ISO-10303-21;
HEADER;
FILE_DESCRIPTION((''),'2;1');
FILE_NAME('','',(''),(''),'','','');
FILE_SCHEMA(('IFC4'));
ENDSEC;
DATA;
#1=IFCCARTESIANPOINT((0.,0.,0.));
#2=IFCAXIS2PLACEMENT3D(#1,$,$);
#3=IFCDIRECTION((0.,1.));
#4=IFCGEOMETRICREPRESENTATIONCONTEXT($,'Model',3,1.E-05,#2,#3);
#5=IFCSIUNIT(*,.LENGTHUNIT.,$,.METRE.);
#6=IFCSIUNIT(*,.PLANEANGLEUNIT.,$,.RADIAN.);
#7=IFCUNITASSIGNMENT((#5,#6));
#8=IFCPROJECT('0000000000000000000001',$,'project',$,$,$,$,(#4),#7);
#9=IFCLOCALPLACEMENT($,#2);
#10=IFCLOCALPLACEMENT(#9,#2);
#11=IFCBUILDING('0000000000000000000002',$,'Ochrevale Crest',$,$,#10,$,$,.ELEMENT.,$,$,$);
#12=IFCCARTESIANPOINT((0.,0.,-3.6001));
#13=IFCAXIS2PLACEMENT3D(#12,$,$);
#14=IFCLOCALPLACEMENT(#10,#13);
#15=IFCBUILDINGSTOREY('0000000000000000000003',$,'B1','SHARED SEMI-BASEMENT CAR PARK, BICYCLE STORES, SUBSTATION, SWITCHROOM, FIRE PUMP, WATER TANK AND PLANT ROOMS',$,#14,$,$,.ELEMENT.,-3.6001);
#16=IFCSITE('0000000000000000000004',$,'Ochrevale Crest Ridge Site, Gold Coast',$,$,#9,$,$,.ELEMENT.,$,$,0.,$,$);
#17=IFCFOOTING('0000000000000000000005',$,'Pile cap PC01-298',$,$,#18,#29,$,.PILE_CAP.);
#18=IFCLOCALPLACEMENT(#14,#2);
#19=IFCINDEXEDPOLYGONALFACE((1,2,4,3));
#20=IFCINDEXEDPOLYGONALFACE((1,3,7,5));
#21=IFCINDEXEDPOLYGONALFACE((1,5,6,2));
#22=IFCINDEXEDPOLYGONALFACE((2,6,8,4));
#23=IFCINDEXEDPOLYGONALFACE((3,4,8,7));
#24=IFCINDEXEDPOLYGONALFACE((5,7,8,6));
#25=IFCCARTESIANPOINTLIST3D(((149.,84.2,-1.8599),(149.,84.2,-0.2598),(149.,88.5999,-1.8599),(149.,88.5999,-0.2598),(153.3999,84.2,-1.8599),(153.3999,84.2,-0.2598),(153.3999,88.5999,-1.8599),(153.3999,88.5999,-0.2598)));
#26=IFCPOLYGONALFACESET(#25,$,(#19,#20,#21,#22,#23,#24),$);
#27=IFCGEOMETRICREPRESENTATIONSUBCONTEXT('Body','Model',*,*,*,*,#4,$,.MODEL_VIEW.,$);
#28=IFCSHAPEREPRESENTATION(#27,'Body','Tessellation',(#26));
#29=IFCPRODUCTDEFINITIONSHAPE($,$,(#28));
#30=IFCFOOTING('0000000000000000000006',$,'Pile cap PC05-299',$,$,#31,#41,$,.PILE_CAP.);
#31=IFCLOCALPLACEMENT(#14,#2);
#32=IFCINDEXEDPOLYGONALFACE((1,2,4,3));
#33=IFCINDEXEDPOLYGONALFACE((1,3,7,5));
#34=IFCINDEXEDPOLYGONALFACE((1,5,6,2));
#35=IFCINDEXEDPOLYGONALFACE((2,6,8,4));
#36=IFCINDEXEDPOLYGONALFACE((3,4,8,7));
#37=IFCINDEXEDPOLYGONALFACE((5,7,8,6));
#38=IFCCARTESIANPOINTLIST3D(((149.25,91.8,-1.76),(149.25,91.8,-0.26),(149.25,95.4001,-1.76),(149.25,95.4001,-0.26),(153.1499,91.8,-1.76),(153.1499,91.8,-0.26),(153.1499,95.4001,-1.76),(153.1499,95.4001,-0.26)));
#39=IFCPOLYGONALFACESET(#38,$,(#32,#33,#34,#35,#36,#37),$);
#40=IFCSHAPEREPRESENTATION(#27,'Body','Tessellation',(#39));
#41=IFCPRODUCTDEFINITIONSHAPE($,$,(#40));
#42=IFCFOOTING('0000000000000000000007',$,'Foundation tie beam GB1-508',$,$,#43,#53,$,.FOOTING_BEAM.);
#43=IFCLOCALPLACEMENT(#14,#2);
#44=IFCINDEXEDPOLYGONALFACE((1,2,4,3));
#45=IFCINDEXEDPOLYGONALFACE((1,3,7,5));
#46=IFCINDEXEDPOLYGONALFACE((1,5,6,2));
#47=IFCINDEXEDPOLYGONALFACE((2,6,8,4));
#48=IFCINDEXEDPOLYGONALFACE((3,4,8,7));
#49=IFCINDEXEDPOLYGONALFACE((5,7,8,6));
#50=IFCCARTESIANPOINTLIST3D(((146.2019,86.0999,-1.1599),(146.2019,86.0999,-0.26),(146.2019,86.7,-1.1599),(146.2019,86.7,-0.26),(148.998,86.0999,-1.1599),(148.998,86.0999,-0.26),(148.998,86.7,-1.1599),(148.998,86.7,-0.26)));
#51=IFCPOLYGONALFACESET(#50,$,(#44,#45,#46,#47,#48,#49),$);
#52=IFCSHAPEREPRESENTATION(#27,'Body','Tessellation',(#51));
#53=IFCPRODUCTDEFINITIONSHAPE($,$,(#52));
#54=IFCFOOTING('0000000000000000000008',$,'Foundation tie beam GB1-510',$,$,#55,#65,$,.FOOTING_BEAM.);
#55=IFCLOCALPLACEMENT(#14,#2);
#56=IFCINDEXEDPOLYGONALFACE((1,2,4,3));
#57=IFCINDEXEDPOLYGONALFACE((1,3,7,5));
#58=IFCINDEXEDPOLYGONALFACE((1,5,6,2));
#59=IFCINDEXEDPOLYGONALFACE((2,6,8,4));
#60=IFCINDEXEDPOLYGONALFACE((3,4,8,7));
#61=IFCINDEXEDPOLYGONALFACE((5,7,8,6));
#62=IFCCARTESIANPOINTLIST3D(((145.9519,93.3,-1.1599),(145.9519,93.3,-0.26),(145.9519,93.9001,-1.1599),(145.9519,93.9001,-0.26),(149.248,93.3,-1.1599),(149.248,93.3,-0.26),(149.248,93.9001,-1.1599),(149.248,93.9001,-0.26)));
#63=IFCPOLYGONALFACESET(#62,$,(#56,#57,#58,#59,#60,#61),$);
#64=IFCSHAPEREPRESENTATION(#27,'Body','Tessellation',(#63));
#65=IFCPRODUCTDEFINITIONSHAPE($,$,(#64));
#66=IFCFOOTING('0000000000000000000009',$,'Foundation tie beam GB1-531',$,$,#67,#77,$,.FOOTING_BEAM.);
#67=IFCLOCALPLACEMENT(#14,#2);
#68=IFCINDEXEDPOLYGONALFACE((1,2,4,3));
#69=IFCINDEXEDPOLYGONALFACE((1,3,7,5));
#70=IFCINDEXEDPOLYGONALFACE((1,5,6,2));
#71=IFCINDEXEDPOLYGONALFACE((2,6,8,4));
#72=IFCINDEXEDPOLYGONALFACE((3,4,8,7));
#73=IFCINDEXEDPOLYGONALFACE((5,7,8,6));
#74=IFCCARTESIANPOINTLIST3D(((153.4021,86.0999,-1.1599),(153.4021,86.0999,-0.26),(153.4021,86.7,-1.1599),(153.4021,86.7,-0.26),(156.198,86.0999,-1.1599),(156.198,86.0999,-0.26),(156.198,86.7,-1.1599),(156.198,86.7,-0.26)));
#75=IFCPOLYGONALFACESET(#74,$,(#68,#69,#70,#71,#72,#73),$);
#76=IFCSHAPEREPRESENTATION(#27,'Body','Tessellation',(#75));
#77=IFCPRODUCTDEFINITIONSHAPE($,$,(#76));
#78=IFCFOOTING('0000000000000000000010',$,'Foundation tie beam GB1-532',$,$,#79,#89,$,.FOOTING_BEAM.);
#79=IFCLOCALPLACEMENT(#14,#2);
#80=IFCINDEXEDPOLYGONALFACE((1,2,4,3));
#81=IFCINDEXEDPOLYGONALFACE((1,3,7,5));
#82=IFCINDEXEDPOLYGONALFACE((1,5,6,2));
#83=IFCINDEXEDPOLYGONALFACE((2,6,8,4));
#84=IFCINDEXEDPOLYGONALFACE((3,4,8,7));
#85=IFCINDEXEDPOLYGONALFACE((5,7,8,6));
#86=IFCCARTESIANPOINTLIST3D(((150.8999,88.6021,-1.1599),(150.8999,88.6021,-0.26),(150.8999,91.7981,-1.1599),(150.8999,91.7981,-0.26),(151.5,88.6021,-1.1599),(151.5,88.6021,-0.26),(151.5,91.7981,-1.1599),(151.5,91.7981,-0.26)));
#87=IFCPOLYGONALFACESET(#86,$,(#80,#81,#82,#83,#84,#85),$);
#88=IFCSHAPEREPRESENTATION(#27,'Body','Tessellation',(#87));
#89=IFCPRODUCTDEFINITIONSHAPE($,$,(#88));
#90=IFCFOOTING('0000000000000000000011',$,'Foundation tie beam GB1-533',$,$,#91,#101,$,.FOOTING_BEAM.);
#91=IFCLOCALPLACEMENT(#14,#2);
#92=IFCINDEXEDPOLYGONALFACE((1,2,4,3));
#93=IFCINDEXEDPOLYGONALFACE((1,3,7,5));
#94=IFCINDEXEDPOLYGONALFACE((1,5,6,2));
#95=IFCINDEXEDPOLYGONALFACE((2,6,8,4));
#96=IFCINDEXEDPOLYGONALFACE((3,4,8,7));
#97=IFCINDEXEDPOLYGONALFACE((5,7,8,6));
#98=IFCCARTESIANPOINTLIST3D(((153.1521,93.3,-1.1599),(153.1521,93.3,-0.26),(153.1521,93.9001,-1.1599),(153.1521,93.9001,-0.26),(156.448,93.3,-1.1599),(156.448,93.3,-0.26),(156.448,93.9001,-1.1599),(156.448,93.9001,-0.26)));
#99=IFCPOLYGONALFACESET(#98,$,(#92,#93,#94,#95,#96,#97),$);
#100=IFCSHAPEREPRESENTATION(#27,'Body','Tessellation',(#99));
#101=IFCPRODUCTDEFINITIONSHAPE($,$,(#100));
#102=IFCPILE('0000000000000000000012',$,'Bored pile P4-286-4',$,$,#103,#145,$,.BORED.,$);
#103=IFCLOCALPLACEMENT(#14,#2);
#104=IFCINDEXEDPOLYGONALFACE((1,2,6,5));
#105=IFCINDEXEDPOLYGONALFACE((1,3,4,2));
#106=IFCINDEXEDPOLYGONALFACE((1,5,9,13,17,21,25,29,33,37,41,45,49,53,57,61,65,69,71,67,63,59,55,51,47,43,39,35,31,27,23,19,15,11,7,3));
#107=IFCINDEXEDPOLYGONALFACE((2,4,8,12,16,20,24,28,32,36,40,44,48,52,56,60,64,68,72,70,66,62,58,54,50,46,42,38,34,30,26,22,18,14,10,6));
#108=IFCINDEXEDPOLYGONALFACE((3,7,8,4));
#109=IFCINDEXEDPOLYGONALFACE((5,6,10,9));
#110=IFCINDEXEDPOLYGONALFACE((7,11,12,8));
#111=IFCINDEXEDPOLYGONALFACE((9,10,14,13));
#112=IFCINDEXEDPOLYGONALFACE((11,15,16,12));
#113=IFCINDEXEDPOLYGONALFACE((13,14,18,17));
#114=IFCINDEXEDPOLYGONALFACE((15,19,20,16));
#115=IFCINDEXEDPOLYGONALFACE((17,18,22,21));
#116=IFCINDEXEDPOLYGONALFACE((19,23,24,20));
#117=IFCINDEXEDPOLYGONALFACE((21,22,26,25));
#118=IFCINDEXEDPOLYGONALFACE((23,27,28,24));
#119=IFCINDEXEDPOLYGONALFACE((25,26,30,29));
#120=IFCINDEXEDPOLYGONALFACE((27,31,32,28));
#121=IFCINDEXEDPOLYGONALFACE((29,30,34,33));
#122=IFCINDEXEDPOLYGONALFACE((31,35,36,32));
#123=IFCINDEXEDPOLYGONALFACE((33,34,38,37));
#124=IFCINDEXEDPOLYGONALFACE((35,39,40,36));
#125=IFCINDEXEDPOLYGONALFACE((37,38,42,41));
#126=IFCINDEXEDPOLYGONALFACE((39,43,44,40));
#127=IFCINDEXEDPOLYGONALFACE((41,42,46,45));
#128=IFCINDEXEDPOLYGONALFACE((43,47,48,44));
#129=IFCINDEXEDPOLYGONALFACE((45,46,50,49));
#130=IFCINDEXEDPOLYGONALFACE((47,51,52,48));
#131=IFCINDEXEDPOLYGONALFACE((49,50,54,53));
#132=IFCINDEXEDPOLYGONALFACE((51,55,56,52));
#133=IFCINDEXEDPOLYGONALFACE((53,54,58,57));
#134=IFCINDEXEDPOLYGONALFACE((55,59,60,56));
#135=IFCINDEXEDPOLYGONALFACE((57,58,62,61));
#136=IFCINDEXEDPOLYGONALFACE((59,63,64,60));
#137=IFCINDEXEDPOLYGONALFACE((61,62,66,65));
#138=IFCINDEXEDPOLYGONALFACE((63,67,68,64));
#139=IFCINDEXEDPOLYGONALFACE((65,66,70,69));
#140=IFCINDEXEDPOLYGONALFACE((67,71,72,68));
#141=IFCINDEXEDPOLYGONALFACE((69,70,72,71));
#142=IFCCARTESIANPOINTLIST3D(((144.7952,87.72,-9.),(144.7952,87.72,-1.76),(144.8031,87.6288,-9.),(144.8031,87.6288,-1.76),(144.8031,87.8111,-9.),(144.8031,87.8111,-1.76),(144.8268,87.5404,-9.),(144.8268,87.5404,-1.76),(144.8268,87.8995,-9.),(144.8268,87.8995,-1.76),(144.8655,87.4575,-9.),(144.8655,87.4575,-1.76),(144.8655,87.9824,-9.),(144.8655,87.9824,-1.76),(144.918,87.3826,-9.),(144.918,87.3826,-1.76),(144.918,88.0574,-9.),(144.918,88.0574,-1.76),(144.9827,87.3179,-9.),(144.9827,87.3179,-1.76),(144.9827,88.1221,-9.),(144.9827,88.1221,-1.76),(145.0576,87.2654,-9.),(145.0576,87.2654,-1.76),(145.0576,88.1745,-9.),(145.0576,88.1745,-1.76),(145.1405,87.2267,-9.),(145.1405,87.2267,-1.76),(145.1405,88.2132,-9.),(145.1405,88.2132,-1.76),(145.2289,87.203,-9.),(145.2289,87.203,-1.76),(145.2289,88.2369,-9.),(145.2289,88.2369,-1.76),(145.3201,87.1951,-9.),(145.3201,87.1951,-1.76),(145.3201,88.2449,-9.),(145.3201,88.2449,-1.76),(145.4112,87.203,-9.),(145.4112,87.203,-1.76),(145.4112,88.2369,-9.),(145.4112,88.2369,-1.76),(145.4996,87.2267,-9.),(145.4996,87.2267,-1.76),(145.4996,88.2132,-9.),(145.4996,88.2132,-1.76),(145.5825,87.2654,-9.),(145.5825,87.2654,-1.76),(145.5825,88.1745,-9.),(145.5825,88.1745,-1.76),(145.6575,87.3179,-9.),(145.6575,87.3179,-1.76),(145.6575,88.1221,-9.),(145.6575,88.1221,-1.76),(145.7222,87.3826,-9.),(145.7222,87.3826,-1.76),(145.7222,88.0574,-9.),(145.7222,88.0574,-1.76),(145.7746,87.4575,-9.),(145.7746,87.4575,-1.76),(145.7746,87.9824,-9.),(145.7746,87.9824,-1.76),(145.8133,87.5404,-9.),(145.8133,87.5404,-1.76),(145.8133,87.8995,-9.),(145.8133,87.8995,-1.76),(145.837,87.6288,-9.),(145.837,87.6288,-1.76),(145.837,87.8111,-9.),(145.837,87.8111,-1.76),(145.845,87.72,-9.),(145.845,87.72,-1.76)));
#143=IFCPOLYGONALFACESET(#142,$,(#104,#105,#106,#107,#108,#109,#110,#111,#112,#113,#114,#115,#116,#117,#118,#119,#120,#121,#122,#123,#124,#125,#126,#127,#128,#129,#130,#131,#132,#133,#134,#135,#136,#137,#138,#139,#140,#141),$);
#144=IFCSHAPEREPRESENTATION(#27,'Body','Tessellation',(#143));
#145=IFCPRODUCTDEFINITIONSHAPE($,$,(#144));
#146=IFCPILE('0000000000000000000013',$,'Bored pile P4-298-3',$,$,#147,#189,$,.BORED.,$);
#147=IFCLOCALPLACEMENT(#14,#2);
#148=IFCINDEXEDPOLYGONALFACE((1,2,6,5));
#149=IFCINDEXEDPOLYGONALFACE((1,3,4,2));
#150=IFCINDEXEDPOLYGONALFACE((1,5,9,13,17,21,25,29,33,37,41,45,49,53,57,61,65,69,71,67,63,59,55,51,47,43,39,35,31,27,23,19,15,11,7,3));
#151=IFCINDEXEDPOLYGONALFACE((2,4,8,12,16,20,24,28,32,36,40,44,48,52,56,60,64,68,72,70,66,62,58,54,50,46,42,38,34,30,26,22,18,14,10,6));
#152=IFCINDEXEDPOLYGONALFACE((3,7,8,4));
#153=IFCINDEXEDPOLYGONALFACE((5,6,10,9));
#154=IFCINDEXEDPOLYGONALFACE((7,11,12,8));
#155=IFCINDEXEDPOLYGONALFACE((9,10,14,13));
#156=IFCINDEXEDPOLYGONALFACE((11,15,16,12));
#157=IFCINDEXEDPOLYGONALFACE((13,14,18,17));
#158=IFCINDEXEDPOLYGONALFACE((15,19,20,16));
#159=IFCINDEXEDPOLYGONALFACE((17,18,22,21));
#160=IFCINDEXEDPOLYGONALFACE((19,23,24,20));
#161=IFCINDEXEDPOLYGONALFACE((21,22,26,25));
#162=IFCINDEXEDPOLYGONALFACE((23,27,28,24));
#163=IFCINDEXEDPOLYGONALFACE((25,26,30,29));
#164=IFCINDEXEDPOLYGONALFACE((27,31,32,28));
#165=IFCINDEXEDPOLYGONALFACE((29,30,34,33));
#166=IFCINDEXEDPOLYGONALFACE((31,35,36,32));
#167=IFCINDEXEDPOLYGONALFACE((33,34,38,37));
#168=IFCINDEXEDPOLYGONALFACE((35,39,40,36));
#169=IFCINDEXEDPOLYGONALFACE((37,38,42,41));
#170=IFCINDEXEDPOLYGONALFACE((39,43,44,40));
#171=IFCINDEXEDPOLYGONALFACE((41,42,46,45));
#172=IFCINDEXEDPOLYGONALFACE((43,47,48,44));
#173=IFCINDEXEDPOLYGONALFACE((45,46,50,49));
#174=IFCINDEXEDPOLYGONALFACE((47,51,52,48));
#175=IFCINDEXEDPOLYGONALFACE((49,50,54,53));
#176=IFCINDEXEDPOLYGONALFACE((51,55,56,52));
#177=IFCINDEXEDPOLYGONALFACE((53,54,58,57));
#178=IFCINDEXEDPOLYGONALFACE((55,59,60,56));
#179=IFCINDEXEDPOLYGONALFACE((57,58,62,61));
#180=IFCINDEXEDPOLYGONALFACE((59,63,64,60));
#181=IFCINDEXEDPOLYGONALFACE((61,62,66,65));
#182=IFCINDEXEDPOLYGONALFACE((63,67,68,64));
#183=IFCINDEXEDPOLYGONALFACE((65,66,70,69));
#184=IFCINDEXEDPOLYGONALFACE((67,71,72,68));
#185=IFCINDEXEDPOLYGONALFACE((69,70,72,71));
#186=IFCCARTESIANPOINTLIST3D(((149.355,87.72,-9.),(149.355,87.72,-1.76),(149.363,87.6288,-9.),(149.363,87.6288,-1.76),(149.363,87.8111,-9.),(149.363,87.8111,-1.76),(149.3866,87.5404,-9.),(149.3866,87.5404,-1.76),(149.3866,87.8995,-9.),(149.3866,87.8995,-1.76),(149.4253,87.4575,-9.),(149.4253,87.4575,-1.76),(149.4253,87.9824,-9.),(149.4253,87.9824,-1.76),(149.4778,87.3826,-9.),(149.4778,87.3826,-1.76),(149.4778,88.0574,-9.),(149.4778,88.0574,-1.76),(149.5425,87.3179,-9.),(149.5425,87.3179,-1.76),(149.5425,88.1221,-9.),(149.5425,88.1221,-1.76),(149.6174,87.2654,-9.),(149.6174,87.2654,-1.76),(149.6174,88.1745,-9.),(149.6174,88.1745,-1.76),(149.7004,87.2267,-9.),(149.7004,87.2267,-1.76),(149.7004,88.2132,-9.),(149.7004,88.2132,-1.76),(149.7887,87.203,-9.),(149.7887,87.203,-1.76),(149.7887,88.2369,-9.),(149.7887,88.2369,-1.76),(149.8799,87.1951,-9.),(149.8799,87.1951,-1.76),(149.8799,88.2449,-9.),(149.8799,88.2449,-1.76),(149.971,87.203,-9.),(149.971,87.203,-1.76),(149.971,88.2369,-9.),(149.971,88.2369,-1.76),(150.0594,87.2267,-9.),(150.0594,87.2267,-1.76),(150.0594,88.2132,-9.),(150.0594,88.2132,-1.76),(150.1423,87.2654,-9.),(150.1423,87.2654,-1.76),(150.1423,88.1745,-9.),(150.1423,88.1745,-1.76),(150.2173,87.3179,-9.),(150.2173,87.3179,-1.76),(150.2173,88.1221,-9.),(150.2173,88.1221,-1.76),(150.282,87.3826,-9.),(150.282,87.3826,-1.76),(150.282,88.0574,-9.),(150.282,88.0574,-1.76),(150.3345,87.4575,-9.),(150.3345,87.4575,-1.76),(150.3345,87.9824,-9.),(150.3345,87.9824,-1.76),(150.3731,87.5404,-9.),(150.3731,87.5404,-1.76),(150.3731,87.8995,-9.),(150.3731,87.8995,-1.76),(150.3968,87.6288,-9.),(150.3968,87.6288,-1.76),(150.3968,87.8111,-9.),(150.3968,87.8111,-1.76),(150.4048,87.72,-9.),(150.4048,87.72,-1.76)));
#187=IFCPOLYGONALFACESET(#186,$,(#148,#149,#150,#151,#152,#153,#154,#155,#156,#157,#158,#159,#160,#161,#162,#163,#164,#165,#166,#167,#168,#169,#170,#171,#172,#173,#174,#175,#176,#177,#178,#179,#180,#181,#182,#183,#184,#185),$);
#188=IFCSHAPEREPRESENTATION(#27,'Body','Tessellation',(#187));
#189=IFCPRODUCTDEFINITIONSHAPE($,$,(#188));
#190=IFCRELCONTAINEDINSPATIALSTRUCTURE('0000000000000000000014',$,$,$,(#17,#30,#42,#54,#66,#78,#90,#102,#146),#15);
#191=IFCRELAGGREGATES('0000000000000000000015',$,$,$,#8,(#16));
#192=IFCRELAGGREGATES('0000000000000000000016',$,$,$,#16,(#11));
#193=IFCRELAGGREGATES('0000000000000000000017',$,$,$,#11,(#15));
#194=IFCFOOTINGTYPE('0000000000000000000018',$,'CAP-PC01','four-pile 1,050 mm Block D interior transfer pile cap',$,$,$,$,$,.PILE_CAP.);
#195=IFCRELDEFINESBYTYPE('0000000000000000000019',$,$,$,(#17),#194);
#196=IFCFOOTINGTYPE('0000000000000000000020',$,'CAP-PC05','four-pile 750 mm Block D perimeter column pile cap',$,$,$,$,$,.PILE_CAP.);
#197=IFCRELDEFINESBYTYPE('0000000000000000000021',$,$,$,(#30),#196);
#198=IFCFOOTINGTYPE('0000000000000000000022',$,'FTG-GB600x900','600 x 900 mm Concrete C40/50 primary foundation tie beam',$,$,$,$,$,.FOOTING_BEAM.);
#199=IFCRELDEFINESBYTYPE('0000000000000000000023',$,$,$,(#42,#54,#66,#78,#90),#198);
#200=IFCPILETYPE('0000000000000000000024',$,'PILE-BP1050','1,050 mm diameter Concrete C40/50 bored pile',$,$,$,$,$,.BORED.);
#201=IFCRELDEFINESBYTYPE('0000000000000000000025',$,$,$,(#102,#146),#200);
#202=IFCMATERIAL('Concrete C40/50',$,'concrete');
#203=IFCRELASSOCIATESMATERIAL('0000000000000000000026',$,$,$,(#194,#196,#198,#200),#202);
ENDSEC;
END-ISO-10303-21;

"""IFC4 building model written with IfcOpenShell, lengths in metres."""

from ifc_helpers import new_model, si_unit, direction, frame, origin, origin_2d, place, context, subcontext, project, spatial, rectangle, circle, extrude, material, material_profile, profile_set, type_object, element, save


model = new_model("IFC4")

# Units and contexts
model_context = context("Model", 3, precision=1e-05, world=origin(), true_north=direction((0.0, 1.0)))
body_context = subcontext(model_context, "Body", "Model", "MODEL_VIEW")
ifc_project = project(units=[si_unit("LENGTHUNIT", "METRE"), si_unit("PLANEANGLEUNIT", "RADIAN")], contexts=[model_context])

# Site, building, storey
site_placement = place(None, origin())
site = spatial("IfcSite", under=ifc_project, at=site_placement, Name="Ochrevale Crest Ridge Site, Gold Coast", CompositionType="ELEMENT", RefElevation=0.0)
building_placement = place(site_placement, origin())
building = spatial("IfcBuilding", under=site, at=building_placement, Name="Ochrevale Crest", CompositionType="ELEMENT")
storey_placement = place(building_placement, frame((0.0, 0.0, -3.6001)))
storey = spatial("IfcBuildingStorey", under=building, at=storey_placement, Name="B1", Description="SHARED SEMI-BASEMENT CAR PARK, BICYCLE STORES, SUBSTATION, SWITCHROOM, FIRE PUMP, WATER TANK AND PLANT ROOMS", CompositionType="ELEMENT", Elevation=-3.6001)

# Footings
ifc_material_1 = material(Name="Concrete C40/50", Category="concrete")
footing_type_1 = type_object("IfcFootingType", Name="CAP-PC01", Description="four-pile 1,050 mm Block D interior transfer pile cap", PredefinedType="PILE_CAP", material=ifc_material_1)
footing_1_placement = place(storey_placement, frame((151.2, 86.3999, -1.8599), z_axis=(0.0, 0.0, 1.0), x_axis=(1.0, 0.0, 0.0)))
element("IfcFooting", 1, at=footing_1_placement, inside=storey, type_object=footing_type_1, Name="Pile cap PC01-298", PredefinedType="PILE_CAP", context=body_context, shape_type="SweptSolid", body=[
    extrude(rectangle(XDim=4.3999, YDim=4.3999, at=origin_2d()), origin(), (0.0, 0.0, 1.0), 1.6001),
])
footing_type_2 = type_object("IfcFootingType", Name="CAP-PC05", Description="four-pile 750 mm Block D perimeter column pile cap", PredefinedType="PILE_CAP", material=ifc_material_1)
footing_2_placement = place(storey_placement, frame((151.2, 93.6001, -1.76), z_axis=(0.0, 0.0, 1.0), x_axis=(1.0, 0.0, 0.0)))
element("IfcFooting", 2, at=footing_2_placement, inside=storey, type_object=footing_type_2, Name="Pile cap PC05-299", PredefinedType="PILE_CAP", context=body_context, shape_type="SweptSolid", body=[
    extrude(rectangle(XDim=3.8999, YDim=3.6001, at=origin_2d()), origin(), (0.0, 0.0, 1.0), 1.5),
])
ifc_material_profile_1 = material_profile(ifc_material_1, rectangle(XDim=0.6001, YDim=0.8999, at=origin_2d()), Name="GB 600x900")
ifc_profile_set_1 = profile_set([ifc_material_profile_1], Name="Concrete C40/50")
footing_type_3 = type_object("IfcFootingType", Name="FTG-GB600x900", Description="600 x 900 mm Concrete C40/50 primary foundation tie beam", PredefinedType="FOOTING_BEAM", material=ifc_profile_set_1)
footing_3_placement = place(storey_placement, frame((146.2019, 86.3999, -0.71), z_axis=(1.0, 0.0, 0.0), x_axis=(0.0, 1.0, 0.0)))
element("IfcFooting", 3, at=footing_3_placement, inside=storey, type_object=footing_type_3, Name="Foundation tie beam GB1-508", PredefinedType="FOOTING_BEAM", context=body_context, shape_type="SweptSolid", body=[
    extrude(rectangle(XDim=0.6001, YDim=0.8999, at=origin_2d()), origin(), (0.0, 0.0, 1.0), 2.7961),
])
footing_4_placement = place(storey_placement, frame((145.9519, 93.6001, -0.71), z_axis=(1.0, 0.0, 0.0), x_axis=(0.0, 1.0, 0.0)))
element("IfcFooting", 4, at=footing_4_placement, inside=storey, type_object=footing_type_3, Name="Foundation tie beam GB1-510", PredefinedType="FOOTING_BEAM", context=body_context, shape_type="SweptSolid", body=[
    extrude(rectangle(XDim=0.6001, YDim=0.8999, at=origin_2d()), origin(), (0.0, 0.0, 1.0), 3.2961),
])
footing_5_placement = place(storey_placement, frame((153.4021, 86.3999, -0.71), z_axis=(1.0, 0.0, 0.0), x_axis=(0.0, 1.0, 0.0)))
element("IfcFooting", 5, at=footing_5_placement, inside=storey, type_object=footing_type_3, Name="Foundation tie beam GB1-531", PredefinedType="FOOTING_BEAM", context=body_context, shape_type="SweptSolid", body=[
    extrude(rectangle(XDim=0.6001, YDim=0.8999, at=origin_2d()), origin(), (0.0, 0.0, 1.0), 2.7959),
])
footing_6_placement = place(storey_placement, frame((151.2, 88.6021, -0.71), z_axis=(0.0, 1.0, 0.0), x_axis=(-1.0, 0.0, 0.0)))
element("IfcFooting", 6, at=footing_6_placement, inside=storey, type_object=footing_type_3, Name="Foundation tie beam GB1-532", PredefinedType="FOOTING_BEAM", context=body_context, shape_type="SweptSolid", body=[
    extrude(rectangle(XDim=0.6001, YDim=0.8999, at=origin_2d()), origin(), (0.0, 0.0, 1.0), 3.196),
])
footing_7_placement = place(storey_placement, frame((153.1521, 93.6001, -0.71), z_axis=(1.0, 0.0, 0.0), x_axis=(0.0, 1.0, 0.0)))
element("IfcFooting", 7, at=footing_7_placement, inside=storey, type_object=footing_type_3, Name="Foundation tie beam GB1-533", PredefinedType="FOOTING_BEAM", context=body_context, shape_type="SweptSolid", body=[
    extrude(rectangle(XDim=0.6001, YDim=0.8999, at=origin_2d()), origin(), (0.0, 0.0, 1.0), 3.2959),
])

# Piles
ifc_material_profile_2 = material_profile(ifc_material_1, circle(Radius=0.5249, at=origin_2d()), Name="BORED PILE 1050")
ifc_profile_set_2 = profile_set([ifc_material_profile_2], Name="Concrete C40/50")
pile_type_1 = type_object("IfcPileType", Name="PILE-BP1050", Description="1,050 mm diameter Concrete C40/50 bored pile", PredefinedType="BORED", material=ifc_profile_set_2)
for number, where, z_axis, x_axis, name in (
    (8, (145.3201, 87.72, -1.76), (0.0, 0.0, -1.0), (1.0, 0.0, 0.0), "Bored pile P4-286-4"),
    (9, (149.8799, 87.72, -1.76), (0.0, 0.0, -1.0), (1.0, 0.0, 0.0), "Bored pile P4-298-3"),
):
    element("IfcPile", number, at=place(storey_placement, frame(where, z_axis=z_axis, x_axis=x_axis)), inside=storey, type_object=pile_type_1, Name=name, PredefinedType="BORED", context=body_context, shape_type="SweptSolid", body=[
        extrude(circle(Radius=0.5249, at=origin_2d()), origin(), (0.0, 0.0, 1.0), 7.24),
    ])

save(model, "model.ifc")
